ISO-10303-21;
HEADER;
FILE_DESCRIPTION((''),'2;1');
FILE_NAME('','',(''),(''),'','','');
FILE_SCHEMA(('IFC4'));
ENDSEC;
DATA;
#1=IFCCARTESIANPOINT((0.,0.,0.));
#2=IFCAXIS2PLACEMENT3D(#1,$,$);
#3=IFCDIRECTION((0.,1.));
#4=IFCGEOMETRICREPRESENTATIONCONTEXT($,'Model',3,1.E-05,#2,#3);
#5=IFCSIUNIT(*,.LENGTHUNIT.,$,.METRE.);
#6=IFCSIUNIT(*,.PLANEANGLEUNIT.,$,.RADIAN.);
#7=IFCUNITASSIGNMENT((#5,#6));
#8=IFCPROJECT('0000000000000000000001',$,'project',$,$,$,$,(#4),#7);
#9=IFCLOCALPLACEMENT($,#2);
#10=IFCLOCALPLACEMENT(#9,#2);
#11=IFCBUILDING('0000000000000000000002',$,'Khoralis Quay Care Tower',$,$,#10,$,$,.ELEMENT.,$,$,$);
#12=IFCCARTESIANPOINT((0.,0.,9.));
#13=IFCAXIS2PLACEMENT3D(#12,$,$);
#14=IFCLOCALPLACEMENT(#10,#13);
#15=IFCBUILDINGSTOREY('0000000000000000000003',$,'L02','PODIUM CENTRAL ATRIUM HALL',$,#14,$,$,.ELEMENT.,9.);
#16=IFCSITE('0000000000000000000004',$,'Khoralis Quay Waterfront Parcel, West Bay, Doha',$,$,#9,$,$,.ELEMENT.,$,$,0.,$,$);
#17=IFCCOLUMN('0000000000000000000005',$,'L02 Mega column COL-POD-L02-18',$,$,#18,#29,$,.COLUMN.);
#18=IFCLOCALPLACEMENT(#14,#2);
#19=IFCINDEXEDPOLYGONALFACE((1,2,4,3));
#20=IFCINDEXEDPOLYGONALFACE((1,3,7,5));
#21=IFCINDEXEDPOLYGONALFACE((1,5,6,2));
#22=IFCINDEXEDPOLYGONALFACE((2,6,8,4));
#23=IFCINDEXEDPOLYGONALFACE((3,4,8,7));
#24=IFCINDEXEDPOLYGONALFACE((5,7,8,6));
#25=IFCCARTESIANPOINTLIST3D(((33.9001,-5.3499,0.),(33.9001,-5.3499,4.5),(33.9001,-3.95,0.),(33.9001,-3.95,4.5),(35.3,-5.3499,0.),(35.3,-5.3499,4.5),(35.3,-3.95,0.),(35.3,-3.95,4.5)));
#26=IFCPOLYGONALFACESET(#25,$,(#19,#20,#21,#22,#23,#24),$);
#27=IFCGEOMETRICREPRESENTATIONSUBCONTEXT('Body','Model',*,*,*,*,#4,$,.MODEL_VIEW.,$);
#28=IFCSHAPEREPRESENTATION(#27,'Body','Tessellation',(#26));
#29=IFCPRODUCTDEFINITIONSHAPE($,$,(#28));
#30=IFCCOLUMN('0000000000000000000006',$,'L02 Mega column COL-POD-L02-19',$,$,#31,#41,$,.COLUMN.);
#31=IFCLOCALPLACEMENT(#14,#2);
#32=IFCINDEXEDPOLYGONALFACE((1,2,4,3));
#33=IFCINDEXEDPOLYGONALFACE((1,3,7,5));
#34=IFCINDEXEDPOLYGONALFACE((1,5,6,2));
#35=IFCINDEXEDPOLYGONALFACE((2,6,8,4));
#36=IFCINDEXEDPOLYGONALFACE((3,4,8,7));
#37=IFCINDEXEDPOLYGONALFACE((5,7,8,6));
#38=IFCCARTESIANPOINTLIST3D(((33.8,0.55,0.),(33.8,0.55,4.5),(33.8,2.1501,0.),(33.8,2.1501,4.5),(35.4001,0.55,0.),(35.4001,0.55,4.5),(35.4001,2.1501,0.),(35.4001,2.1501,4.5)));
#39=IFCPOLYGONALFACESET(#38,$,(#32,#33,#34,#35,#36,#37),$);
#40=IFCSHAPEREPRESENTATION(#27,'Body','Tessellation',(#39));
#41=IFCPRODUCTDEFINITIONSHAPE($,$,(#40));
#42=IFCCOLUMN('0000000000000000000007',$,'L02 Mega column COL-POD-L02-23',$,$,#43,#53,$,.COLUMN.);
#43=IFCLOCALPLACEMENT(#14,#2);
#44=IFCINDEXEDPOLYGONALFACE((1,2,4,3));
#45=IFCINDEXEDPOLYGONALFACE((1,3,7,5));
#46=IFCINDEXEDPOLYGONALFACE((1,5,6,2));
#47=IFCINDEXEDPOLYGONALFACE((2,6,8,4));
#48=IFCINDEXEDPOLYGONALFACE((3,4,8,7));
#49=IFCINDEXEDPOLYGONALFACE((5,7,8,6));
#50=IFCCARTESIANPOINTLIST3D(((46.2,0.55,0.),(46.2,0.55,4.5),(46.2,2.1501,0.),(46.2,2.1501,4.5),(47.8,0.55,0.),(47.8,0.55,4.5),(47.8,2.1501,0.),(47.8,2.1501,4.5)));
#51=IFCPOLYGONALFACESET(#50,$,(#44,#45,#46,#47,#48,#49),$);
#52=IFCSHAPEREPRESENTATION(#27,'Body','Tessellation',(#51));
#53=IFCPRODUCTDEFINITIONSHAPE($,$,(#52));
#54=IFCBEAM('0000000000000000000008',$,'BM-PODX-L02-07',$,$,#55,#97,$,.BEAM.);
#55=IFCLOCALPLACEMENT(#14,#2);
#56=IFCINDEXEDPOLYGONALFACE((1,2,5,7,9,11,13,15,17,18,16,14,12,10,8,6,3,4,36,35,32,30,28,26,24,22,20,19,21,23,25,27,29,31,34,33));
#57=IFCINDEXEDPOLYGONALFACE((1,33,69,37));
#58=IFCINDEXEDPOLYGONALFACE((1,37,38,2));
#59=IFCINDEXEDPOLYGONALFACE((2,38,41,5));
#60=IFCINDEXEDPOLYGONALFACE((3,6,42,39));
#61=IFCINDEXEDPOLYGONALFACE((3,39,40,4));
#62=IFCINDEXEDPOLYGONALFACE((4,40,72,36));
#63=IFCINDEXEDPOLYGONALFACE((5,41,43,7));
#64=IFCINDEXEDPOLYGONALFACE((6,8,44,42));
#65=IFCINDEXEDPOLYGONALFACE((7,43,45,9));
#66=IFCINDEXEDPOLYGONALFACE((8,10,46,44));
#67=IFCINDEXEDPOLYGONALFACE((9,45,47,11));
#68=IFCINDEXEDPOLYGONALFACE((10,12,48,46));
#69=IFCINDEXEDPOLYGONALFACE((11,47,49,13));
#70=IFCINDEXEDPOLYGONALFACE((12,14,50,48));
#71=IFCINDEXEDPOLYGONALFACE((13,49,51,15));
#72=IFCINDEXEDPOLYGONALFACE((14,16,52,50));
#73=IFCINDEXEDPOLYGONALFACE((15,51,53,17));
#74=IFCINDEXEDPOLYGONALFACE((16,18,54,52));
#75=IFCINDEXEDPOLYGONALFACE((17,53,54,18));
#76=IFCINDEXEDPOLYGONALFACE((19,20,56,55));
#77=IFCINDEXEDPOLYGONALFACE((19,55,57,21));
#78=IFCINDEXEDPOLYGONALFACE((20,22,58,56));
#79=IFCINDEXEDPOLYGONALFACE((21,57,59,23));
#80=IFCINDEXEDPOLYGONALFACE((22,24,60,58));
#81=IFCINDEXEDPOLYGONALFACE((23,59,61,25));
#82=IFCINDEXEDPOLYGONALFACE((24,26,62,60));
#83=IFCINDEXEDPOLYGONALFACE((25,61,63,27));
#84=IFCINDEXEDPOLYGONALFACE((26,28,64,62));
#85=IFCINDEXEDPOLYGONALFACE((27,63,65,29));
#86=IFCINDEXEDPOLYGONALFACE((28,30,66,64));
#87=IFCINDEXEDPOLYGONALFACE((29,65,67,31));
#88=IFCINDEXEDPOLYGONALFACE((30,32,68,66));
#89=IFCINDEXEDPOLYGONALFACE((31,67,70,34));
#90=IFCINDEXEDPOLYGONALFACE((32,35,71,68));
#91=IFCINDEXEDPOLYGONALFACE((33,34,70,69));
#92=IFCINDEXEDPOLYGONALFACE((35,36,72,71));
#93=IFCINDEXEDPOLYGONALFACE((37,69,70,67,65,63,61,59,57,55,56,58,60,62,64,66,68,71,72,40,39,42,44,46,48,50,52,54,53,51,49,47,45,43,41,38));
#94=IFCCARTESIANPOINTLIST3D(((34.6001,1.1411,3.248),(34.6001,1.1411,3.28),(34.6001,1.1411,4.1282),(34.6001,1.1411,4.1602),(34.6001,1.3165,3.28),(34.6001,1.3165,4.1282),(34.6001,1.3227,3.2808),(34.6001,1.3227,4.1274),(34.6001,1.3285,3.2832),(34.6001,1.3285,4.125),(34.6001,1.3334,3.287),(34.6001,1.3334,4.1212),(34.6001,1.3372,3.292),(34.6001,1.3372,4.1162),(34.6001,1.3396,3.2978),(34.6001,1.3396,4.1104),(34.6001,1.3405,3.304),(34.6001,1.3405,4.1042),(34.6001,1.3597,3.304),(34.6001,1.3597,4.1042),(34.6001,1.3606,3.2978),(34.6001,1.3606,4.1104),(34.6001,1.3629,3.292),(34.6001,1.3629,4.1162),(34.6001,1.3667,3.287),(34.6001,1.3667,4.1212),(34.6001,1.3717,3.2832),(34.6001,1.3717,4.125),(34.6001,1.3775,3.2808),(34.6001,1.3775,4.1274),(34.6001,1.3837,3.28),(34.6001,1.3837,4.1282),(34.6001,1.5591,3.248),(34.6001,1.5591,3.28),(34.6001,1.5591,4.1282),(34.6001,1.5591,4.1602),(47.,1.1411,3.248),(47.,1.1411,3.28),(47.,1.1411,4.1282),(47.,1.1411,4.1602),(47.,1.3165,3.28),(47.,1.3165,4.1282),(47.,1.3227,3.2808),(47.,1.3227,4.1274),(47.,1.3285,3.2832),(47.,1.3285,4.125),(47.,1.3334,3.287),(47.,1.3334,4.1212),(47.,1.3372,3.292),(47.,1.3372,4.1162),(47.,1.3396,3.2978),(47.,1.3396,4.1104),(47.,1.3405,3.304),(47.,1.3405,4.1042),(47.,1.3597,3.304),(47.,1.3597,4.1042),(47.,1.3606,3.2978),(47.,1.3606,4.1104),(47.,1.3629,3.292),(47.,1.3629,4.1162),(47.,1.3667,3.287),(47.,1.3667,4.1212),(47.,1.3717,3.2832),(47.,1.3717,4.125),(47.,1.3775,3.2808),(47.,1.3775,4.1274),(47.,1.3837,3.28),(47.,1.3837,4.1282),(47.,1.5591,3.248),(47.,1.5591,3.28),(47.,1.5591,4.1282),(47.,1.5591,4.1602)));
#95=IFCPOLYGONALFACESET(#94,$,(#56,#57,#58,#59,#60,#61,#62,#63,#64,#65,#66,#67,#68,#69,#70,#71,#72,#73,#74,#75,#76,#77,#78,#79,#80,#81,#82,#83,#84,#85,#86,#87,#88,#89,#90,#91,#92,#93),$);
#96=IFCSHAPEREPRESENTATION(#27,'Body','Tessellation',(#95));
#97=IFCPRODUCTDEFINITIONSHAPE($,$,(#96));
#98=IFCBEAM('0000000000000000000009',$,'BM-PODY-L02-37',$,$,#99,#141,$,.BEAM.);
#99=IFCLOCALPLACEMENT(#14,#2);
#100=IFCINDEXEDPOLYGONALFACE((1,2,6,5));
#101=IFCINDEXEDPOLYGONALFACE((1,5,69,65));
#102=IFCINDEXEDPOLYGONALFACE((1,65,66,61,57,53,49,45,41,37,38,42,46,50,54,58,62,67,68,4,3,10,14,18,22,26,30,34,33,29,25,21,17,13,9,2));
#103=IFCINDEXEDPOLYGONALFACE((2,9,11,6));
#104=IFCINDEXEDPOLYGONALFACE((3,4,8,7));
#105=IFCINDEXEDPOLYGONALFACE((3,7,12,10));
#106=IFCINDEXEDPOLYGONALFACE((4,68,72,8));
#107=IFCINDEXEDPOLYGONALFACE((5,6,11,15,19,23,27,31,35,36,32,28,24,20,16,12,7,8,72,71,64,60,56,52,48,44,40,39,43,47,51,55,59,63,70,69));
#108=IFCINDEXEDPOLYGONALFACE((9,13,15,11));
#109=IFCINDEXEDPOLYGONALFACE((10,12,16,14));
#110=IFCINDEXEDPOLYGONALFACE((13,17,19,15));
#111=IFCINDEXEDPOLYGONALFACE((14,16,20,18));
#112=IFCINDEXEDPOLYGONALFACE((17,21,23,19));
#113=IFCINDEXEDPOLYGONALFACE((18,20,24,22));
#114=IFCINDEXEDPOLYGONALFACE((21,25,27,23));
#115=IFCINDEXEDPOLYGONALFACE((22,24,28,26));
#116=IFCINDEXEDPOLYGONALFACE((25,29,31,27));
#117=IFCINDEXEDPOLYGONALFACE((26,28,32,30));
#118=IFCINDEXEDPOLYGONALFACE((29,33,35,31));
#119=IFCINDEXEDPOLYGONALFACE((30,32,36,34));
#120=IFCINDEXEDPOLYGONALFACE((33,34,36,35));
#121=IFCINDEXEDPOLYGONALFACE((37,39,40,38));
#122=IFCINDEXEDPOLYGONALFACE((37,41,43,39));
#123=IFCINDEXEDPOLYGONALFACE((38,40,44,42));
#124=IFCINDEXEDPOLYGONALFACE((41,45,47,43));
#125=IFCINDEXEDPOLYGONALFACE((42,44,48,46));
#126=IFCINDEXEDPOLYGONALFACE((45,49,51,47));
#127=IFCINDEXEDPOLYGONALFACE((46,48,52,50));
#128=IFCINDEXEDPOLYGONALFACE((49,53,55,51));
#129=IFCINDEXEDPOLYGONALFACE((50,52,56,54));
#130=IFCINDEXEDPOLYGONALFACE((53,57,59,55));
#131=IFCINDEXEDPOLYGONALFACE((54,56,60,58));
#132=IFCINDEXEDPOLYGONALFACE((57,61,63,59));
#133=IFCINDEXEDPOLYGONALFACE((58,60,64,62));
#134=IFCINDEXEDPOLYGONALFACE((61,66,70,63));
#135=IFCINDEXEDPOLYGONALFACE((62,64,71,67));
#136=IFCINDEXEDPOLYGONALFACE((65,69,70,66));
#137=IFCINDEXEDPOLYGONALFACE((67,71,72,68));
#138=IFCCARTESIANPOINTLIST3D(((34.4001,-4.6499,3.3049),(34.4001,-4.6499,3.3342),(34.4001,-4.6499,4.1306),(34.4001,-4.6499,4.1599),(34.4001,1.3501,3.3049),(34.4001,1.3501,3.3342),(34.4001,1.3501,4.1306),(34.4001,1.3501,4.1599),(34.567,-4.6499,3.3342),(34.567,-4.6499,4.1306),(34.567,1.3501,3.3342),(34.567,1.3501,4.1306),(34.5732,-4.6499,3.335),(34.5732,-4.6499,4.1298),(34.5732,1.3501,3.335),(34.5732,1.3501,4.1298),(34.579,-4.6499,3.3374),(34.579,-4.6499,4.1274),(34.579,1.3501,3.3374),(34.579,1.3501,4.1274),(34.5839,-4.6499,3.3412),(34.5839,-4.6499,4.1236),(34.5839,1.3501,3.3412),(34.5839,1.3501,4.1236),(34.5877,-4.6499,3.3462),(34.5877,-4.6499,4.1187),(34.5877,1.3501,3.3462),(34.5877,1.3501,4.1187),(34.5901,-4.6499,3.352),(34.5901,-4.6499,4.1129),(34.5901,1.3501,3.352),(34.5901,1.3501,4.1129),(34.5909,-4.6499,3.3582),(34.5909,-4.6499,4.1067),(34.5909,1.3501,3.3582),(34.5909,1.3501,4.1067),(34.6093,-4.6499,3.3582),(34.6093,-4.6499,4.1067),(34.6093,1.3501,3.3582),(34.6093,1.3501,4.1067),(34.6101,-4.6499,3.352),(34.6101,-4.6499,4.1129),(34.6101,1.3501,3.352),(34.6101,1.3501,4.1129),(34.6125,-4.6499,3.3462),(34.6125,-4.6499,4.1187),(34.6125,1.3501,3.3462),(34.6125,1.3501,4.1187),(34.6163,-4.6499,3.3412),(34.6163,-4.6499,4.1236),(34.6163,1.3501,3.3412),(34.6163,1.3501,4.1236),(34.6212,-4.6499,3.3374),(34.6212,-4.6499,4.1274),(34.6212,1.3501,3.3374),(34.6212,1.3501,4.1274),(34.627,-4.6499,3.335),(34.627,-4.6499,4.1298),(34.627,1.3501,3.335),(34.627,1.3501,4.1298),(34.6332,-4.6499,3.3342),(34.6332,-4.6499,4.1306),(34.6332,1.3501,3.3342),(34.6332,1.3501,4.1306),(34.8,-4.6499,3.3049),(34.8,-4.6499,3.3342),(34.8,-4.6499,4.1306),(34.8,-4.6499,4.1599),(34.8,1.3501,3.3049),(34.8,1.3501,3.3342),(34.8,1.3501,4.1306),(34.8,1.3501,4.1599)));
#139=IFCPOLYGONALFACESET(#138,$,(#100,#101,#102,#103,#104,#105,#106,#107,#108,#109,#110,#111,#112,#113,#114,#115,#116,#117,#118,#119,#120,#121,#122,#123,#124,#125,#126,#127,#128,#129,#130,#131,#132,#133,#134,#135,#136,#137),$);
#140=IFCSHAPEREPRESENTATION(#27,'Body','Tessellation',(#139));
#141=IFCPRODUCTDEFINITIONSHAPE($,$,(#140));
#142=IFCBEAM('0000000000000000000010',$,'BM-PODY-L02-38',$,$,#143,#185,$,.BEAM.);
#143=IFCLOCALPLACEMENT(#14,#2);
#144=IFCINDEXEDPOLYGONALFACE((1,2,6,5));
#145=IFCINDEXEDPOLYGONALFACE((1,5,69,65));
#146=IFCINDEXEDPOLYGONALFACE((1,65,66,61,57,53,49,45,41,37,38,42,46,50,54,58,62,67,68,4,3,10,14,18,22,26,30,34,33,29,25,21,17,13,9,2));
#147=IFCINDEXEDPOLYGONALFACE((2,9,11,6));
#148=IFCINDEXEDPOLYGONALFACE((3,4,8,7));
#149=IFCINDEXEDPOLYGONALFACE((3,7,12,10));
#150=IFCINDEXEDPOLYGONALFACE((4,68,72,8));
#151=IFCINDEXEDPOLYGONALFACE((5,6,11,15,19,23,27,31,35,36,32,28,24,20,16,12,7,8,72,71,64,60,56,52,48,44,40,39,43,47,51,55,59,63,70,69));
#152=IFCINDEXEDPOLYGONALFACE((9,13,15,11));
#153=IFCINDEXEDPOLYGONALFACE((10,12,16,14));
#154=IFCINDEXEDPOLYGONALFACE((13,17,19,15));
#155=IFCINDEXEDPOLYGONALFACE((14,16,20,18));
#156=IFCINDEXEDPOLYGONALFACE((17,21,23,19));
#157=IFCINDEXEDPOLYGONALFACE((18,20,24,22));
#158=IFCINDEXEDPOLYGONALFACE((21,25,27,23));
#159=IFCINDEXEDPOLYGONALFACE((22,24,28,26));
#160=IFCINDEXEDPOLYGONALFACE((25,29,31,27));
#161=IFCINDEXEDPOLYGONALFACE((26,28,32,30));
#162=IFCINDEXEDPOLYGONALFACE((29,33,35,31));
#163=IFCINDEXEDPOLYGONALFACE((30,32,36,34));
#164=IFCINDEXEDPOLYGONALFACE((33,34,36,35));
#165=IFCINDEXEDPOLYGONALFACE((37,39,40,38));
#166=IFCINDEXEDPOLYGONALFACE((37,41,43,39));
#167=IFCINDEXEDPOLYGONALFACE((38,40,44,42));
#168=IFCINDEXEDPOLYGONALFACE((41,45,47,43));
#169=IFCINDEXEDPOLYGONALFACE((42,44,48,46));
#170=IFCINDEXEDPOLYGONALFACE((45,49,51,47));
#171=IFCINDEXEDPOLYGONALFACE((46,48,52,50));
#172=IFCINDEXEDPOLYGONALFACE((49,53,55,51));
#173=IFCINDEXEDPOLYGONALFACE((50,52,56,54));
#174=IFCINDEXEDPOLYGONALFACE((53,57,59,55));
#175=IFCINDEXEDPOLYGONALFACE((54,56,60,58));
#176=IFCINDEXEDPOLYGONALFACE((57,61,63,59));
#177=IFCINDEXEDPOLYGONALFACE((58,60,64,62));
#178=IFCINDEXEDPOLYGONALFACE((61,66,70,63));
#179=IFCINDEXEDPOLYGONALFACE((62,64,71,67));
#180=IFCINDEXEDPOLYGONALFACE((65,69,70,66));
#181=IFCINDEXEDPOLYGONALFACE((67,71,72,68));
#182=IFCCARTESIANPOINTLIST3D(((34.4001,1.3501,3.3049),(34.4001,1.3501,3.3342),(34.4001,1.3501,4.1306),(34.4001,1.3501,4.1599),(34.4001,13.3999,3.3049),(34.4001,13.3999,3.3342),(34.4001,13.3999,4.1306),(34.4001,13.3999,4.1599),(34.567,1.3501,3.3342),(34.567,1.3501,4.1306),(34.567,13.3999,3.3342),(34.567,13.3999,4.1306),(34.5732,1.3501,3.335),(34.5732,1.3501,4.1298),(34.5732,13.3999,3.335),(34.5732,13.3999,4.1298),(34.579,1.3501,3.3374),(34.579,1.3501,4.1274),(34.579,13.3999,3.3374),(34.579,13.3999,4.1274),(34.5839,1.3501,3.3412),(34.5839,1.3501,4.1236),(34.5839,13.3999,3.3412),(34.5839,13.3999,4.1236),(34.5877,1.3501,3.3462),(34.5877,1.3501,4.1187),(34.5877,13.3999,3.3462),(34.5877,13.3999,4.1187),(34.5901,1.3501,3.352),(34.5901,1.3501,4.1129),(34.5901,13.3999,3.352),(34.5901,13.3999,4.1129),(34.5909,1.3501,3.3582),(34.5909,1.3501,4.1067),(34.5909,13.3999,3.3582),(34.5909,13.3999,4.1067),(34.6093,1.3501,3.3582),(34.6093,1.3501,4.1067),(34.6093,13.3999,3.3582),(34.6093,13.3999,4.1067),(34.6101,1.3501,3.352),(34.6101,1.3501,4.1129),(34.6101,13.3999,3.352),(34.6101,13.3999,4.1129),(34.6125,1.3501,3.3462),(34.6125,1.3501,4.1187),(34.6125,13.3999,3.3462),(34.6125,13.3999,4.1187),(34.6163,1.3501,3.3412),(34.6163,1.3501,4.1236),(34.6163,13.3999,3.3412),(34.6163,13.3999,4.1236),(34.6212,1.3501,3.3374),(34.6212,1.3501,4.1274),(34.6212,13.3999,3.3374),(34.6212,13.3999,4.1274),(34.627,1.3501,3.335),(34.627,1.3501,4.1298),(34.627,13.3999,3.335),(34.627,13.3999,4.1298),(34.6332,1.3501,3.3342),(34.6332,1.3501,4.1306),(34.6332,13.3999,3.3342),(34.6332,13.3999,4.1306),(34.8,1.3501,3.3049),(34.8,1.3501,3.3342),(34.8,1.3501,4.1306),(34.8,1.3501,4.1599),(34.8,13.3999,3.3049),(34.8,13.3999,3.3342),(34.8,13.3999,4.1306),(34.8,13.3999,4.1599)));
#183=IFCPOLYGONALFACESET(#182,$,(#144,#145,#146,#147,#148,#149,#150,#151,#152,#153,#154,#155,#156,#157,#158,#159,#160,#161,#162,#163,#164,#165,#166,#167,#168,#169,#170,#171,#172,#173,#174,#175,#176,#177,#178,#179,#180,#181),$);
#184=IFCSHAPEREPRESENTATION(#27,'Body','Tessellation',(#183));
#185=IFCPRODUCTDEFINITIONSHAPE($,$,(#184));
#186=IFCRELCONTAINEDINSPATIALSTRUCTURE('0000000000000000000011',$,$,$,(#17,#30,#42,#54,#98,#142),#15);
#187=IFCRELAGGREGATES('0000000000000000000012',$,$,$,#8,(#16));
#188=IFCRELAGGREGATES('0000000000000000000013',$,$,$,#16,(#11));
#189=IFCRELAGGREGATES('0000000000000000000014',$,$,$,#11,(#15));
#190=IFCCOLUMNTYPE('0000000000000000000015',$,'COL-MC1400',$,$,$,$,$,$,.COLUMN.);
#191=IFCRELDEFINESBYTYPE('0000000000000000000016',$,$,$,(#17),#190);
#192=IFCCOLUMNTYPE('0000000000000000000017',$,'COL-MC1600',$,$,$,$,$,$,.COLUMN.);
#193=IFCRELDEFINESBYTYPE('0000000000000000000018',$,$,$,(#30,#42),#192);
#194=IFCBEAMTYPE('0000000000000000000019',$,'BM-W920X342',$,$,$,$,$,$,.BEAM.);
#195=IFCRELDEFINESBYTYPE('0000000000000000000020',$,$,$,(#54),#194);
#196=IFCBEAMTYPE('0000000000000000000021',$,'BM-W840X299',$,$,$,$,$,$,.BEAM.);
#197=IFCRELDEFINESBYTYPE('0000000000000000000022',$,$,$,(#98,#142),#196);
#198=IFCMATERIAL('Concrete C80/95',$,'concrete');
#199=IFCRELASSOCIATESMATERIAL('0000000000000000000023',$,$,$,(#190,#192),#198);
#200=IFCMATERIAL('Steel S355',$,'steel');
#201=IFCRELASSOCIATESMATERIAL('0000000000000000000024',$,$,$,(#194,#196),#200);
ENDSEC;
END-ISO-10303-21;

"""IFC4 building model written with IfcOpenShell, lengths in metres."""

from ifc_helpers import new_model, si_unit, direction, frame, origin, origin_2d, place, context, subcontext, project, spatial, rectangle, i_section, extrude, source, transform, mapped, material, material_profile, profile_set, type_object, element, save


model = new_model("IFC4")

# Units and contexts
model_context = context("Model", 3, precision=1e-05, world=origin(), true_north=direction((0.0, 1.0)))
body_context = subcontext(model_context, "Body", "Model", "MODEL_VIEW")
ifc_project = project(units=[si_unit("LENGTHUNIT", "METRE"), si_unit("PLANEANGLEUNIT", "RADIAN")], contexts=[model_context])

# Site, building, storey
site_placement = place(None, origin())
site = spatial("IfcSite", under=ifc_project, at=site_placement, Name="Khoralis Quay Waterfront Parcel, West Bay, Doha", CompositionType="ELEMENT", RefElevation=0.0)
building_placement = place(site_placement, origin())
building = spatial("IfcBuilding", under=site, at=building_placement, Name="Khoralis Quay Care Tower", CompositionType="ELEMENT")
storey_placement = place(building_placement, frame((0.0, 0.0, 9.0)))
storey = spatial("IfcBuildingStorey", under=building, at=storey_placement, Name="L02", Description="PODIUM CENTRAL ATRIUM HALL", CompositionType="ELEMENT", Elevation=9.0)

# Columns
ifc_material_1 = material(Name="Concrete C80/95", Category="concrete")
ifc_material_profile_1 = material_profile(ifc_material_1, rectangle(XDim=1.3999, YDim=1.3999, at=origin_2d()), Name="Concrete C80/95")
ifc_profile_set_1 = profile_set([ifc_material_profile_1], Name="Concrete C80/95")
column_type_1 = type_object("IfcColumnType", Name="COL-MC1400", PredefinedType="COLUMN", material=ifc_profile_set_1)
shared_shape_1 = source(origin(), body_context, "Body", "SweptSolid", [
    extrude(rectangle(XDim=1.3999, YDim=1.3999, at=origin_2d()), origin(), (0.0, 0.0, 1.0), 4.5),
])
column_placement = place(storey_placement, frame((34.6001, -4.6499, 0.0), z_axis=(0.0, 0.0, 1.0), x_axis=(1.0, 0.0, 0.0)))
element("IfcColumn", 1, at=column_placement, inside=storey, type_object=column_type_1, Name="L02 Mega column COL-POD-L02-18", PredefinedType="COLUMN", context=body_context, shape_type="MappedRepresentation", body=[
    mapped(shared_shape_1, transform((0.0, 0.0, 0.0), scale=1.0)),
])
ifc_material_profile_2 = material_profile(ifc_material_1, rectangle(XDim=1.6001, YDim=1.6001, at=origin_2d()), Name="Concrete C80/95")
ifc_profile_set_2 = profile_set([ifc_material_profile_2], Name="Concrete C80/95")
column_type_2 = type_object("IfcColumnType", Name="COL-MC1600", PredefinedType="COLUMN", material=ifc_profile_set_2)
shared_shape_2 = source(origin(), body_context, "Body", "SweptSolid", [
    extrude(rectangle(XDim=1.6001, YDim=1.6001, at=origin_2d()), origin(), (0.0, 0.0, 1.0), 4.5),
])
for number, where, z_axis, x_axis, name in (
    (2, (34.6001, 1.3501, 0.0), (0.0, 0.0, 1.0), (1.0, 0.0, 0.0), "L02 Mega column COL-POD-L02-19"),
    (3, (47.0, 1.3501, 0.0), (0.0, 0.0, 1.0), (1.0, 0.0, 0.0), "L02 Mega column COL-POD-L02-23"),
):
    element("IfcColumn", number, at=place(storey_placement, frame(where, z_axis=z_axis, x_axis=x_axis)), inside=storey, type_object=column_type_2, Name=name, PredefinedType="COLUMN", context=body_context, shape_type="MappedRepresentation", body=[
        mapped(shared_shape_2, transform((0.0, 0.0, 0.0), scale=1.0)),
    ])

# Beams
ifc_material_2 = material(Name="Steel S355", Category="steel")
ifc_material_profile_3 = material_profile(ifc_material_2, i_section(OverallWidth=0.418, OverallDepth=0.9121, WebThickness=0.0193, FlangeThickness=0.032, FilletRadius=0.0239, at=origin_2d()), Name="Steel S355")
ifc_profile_set_3 = profile_set([ifc_material_profile_3], Name="Steel S355")
beam_type_1 = type_object("IfcBeamType", Name="BM-W920X342", PredefinedType="BEAM", material=ifc_profile_set_3)
shared_shape_3 = source(origin(), body_context, "Body", "SweptSolid", [
    extrude(i_section(OverallWidth=0.418, OverallDepth=0.9121, WebThickness=0.0193, FlangeThickness=0.032, FilletRadius=0.0239, at=origin_2d()), origin(), (0.0, 0.0, 1.0), 12.3999),
])
beam_1_placement = place(storey_placement, frame((34.6001, 1.3501, 3.7041), z_axis=(1.0, 0.0, 0.0), x_axis=(0.0, 1.0, 0.0)))
element("IfcBeam", 4, at=beam_1_placement, inside=storey, type_object=beam_type_1, Name="BM-PODX-L02-07", PredefinedType="BEAM", context=body_context, shape_type="MappedRepresentation", body=[
    mapped(shared_shape_3, transform((0.0, 0.0, 0.0), scale=1.0)),
])
ifc_material_profile_4 = material_profile(ifc_material_2, i_section(OverallWidth=0.3999, OverallDepth=0.855, WebThickness=0.0183, FlangeThickness=0.0293, FilletRadius=0.0239, at=origin_2d()), Name="Steel S355")
ifc_profile_set_4 = profile_set([ifc_material_profile_4], Name="Steel S355")
beam_type_2 = type_object("IfcBeamType", Name="BM-W840X299", PredefinedType="BEAM", material=ifc_profile_set_4)
shared_shape_4 = source(origin(), body_context, "Body", "SweptSolid", [
    extrude(i_section(OverallWidth=0.3999, OverallDepth=0.855, WebThickness=0.0183, FlangeThickness=0.0293, FilletRadius=0.0239, at=origin_2d()), origin(), (0.0, 0.0, 1.0), 6.0),
])
beam_2_placement = place(storey_placement, frame((34.6001, -4.6499, 3.7324), z_axis=(0.0, 1.0, 0.0), x_axis=(-1.0, 0.0, 0.0)))
element("IfcBeam", 5, at=beam_2_placement, inside=storey, type_object=beam_type_2, Name="BM-PODY-L02-37", PredefinedType="BEAM", context=body_context, shape_type="MappedRepresentation", body=[
    mapped(shared_shape_4, transform((0.0, 0.0, 0.0), scale=1.0)),
])
shared_shape_5 = source(origin(), body_context, "Body", "SweptSolid", [
    extrude(i_section(OverallWidth=0.3999, OverallDepth=0.855, WebThickness=0.0183, FlangeThickness=0.0293, FilletRadius=0.0239, at=origin_2d()), origin(), (0.0, 0.0, 1.0), 12.0498),
])
beam_3_placement = place(storey_placement, frame((34.6001, 1.3501, 3.7324), z_axis=(0.0, 1.0, 0.0), x_axis=(-1.0, 0.0, 0.0)))
element("IfcBeam", 6, at=beam_3_placement, inside=storey, type_object=beam_type_2, Name="BM-PODY-L02-38", PredefinedType="BEAM", context=body_context, shape_type="MappedRepresentation", body=[
    mapped(shared_shape_5, transform((0.0, 0.0, 0.0), scale=1.0)),
])

save(model, "model.ifc")
